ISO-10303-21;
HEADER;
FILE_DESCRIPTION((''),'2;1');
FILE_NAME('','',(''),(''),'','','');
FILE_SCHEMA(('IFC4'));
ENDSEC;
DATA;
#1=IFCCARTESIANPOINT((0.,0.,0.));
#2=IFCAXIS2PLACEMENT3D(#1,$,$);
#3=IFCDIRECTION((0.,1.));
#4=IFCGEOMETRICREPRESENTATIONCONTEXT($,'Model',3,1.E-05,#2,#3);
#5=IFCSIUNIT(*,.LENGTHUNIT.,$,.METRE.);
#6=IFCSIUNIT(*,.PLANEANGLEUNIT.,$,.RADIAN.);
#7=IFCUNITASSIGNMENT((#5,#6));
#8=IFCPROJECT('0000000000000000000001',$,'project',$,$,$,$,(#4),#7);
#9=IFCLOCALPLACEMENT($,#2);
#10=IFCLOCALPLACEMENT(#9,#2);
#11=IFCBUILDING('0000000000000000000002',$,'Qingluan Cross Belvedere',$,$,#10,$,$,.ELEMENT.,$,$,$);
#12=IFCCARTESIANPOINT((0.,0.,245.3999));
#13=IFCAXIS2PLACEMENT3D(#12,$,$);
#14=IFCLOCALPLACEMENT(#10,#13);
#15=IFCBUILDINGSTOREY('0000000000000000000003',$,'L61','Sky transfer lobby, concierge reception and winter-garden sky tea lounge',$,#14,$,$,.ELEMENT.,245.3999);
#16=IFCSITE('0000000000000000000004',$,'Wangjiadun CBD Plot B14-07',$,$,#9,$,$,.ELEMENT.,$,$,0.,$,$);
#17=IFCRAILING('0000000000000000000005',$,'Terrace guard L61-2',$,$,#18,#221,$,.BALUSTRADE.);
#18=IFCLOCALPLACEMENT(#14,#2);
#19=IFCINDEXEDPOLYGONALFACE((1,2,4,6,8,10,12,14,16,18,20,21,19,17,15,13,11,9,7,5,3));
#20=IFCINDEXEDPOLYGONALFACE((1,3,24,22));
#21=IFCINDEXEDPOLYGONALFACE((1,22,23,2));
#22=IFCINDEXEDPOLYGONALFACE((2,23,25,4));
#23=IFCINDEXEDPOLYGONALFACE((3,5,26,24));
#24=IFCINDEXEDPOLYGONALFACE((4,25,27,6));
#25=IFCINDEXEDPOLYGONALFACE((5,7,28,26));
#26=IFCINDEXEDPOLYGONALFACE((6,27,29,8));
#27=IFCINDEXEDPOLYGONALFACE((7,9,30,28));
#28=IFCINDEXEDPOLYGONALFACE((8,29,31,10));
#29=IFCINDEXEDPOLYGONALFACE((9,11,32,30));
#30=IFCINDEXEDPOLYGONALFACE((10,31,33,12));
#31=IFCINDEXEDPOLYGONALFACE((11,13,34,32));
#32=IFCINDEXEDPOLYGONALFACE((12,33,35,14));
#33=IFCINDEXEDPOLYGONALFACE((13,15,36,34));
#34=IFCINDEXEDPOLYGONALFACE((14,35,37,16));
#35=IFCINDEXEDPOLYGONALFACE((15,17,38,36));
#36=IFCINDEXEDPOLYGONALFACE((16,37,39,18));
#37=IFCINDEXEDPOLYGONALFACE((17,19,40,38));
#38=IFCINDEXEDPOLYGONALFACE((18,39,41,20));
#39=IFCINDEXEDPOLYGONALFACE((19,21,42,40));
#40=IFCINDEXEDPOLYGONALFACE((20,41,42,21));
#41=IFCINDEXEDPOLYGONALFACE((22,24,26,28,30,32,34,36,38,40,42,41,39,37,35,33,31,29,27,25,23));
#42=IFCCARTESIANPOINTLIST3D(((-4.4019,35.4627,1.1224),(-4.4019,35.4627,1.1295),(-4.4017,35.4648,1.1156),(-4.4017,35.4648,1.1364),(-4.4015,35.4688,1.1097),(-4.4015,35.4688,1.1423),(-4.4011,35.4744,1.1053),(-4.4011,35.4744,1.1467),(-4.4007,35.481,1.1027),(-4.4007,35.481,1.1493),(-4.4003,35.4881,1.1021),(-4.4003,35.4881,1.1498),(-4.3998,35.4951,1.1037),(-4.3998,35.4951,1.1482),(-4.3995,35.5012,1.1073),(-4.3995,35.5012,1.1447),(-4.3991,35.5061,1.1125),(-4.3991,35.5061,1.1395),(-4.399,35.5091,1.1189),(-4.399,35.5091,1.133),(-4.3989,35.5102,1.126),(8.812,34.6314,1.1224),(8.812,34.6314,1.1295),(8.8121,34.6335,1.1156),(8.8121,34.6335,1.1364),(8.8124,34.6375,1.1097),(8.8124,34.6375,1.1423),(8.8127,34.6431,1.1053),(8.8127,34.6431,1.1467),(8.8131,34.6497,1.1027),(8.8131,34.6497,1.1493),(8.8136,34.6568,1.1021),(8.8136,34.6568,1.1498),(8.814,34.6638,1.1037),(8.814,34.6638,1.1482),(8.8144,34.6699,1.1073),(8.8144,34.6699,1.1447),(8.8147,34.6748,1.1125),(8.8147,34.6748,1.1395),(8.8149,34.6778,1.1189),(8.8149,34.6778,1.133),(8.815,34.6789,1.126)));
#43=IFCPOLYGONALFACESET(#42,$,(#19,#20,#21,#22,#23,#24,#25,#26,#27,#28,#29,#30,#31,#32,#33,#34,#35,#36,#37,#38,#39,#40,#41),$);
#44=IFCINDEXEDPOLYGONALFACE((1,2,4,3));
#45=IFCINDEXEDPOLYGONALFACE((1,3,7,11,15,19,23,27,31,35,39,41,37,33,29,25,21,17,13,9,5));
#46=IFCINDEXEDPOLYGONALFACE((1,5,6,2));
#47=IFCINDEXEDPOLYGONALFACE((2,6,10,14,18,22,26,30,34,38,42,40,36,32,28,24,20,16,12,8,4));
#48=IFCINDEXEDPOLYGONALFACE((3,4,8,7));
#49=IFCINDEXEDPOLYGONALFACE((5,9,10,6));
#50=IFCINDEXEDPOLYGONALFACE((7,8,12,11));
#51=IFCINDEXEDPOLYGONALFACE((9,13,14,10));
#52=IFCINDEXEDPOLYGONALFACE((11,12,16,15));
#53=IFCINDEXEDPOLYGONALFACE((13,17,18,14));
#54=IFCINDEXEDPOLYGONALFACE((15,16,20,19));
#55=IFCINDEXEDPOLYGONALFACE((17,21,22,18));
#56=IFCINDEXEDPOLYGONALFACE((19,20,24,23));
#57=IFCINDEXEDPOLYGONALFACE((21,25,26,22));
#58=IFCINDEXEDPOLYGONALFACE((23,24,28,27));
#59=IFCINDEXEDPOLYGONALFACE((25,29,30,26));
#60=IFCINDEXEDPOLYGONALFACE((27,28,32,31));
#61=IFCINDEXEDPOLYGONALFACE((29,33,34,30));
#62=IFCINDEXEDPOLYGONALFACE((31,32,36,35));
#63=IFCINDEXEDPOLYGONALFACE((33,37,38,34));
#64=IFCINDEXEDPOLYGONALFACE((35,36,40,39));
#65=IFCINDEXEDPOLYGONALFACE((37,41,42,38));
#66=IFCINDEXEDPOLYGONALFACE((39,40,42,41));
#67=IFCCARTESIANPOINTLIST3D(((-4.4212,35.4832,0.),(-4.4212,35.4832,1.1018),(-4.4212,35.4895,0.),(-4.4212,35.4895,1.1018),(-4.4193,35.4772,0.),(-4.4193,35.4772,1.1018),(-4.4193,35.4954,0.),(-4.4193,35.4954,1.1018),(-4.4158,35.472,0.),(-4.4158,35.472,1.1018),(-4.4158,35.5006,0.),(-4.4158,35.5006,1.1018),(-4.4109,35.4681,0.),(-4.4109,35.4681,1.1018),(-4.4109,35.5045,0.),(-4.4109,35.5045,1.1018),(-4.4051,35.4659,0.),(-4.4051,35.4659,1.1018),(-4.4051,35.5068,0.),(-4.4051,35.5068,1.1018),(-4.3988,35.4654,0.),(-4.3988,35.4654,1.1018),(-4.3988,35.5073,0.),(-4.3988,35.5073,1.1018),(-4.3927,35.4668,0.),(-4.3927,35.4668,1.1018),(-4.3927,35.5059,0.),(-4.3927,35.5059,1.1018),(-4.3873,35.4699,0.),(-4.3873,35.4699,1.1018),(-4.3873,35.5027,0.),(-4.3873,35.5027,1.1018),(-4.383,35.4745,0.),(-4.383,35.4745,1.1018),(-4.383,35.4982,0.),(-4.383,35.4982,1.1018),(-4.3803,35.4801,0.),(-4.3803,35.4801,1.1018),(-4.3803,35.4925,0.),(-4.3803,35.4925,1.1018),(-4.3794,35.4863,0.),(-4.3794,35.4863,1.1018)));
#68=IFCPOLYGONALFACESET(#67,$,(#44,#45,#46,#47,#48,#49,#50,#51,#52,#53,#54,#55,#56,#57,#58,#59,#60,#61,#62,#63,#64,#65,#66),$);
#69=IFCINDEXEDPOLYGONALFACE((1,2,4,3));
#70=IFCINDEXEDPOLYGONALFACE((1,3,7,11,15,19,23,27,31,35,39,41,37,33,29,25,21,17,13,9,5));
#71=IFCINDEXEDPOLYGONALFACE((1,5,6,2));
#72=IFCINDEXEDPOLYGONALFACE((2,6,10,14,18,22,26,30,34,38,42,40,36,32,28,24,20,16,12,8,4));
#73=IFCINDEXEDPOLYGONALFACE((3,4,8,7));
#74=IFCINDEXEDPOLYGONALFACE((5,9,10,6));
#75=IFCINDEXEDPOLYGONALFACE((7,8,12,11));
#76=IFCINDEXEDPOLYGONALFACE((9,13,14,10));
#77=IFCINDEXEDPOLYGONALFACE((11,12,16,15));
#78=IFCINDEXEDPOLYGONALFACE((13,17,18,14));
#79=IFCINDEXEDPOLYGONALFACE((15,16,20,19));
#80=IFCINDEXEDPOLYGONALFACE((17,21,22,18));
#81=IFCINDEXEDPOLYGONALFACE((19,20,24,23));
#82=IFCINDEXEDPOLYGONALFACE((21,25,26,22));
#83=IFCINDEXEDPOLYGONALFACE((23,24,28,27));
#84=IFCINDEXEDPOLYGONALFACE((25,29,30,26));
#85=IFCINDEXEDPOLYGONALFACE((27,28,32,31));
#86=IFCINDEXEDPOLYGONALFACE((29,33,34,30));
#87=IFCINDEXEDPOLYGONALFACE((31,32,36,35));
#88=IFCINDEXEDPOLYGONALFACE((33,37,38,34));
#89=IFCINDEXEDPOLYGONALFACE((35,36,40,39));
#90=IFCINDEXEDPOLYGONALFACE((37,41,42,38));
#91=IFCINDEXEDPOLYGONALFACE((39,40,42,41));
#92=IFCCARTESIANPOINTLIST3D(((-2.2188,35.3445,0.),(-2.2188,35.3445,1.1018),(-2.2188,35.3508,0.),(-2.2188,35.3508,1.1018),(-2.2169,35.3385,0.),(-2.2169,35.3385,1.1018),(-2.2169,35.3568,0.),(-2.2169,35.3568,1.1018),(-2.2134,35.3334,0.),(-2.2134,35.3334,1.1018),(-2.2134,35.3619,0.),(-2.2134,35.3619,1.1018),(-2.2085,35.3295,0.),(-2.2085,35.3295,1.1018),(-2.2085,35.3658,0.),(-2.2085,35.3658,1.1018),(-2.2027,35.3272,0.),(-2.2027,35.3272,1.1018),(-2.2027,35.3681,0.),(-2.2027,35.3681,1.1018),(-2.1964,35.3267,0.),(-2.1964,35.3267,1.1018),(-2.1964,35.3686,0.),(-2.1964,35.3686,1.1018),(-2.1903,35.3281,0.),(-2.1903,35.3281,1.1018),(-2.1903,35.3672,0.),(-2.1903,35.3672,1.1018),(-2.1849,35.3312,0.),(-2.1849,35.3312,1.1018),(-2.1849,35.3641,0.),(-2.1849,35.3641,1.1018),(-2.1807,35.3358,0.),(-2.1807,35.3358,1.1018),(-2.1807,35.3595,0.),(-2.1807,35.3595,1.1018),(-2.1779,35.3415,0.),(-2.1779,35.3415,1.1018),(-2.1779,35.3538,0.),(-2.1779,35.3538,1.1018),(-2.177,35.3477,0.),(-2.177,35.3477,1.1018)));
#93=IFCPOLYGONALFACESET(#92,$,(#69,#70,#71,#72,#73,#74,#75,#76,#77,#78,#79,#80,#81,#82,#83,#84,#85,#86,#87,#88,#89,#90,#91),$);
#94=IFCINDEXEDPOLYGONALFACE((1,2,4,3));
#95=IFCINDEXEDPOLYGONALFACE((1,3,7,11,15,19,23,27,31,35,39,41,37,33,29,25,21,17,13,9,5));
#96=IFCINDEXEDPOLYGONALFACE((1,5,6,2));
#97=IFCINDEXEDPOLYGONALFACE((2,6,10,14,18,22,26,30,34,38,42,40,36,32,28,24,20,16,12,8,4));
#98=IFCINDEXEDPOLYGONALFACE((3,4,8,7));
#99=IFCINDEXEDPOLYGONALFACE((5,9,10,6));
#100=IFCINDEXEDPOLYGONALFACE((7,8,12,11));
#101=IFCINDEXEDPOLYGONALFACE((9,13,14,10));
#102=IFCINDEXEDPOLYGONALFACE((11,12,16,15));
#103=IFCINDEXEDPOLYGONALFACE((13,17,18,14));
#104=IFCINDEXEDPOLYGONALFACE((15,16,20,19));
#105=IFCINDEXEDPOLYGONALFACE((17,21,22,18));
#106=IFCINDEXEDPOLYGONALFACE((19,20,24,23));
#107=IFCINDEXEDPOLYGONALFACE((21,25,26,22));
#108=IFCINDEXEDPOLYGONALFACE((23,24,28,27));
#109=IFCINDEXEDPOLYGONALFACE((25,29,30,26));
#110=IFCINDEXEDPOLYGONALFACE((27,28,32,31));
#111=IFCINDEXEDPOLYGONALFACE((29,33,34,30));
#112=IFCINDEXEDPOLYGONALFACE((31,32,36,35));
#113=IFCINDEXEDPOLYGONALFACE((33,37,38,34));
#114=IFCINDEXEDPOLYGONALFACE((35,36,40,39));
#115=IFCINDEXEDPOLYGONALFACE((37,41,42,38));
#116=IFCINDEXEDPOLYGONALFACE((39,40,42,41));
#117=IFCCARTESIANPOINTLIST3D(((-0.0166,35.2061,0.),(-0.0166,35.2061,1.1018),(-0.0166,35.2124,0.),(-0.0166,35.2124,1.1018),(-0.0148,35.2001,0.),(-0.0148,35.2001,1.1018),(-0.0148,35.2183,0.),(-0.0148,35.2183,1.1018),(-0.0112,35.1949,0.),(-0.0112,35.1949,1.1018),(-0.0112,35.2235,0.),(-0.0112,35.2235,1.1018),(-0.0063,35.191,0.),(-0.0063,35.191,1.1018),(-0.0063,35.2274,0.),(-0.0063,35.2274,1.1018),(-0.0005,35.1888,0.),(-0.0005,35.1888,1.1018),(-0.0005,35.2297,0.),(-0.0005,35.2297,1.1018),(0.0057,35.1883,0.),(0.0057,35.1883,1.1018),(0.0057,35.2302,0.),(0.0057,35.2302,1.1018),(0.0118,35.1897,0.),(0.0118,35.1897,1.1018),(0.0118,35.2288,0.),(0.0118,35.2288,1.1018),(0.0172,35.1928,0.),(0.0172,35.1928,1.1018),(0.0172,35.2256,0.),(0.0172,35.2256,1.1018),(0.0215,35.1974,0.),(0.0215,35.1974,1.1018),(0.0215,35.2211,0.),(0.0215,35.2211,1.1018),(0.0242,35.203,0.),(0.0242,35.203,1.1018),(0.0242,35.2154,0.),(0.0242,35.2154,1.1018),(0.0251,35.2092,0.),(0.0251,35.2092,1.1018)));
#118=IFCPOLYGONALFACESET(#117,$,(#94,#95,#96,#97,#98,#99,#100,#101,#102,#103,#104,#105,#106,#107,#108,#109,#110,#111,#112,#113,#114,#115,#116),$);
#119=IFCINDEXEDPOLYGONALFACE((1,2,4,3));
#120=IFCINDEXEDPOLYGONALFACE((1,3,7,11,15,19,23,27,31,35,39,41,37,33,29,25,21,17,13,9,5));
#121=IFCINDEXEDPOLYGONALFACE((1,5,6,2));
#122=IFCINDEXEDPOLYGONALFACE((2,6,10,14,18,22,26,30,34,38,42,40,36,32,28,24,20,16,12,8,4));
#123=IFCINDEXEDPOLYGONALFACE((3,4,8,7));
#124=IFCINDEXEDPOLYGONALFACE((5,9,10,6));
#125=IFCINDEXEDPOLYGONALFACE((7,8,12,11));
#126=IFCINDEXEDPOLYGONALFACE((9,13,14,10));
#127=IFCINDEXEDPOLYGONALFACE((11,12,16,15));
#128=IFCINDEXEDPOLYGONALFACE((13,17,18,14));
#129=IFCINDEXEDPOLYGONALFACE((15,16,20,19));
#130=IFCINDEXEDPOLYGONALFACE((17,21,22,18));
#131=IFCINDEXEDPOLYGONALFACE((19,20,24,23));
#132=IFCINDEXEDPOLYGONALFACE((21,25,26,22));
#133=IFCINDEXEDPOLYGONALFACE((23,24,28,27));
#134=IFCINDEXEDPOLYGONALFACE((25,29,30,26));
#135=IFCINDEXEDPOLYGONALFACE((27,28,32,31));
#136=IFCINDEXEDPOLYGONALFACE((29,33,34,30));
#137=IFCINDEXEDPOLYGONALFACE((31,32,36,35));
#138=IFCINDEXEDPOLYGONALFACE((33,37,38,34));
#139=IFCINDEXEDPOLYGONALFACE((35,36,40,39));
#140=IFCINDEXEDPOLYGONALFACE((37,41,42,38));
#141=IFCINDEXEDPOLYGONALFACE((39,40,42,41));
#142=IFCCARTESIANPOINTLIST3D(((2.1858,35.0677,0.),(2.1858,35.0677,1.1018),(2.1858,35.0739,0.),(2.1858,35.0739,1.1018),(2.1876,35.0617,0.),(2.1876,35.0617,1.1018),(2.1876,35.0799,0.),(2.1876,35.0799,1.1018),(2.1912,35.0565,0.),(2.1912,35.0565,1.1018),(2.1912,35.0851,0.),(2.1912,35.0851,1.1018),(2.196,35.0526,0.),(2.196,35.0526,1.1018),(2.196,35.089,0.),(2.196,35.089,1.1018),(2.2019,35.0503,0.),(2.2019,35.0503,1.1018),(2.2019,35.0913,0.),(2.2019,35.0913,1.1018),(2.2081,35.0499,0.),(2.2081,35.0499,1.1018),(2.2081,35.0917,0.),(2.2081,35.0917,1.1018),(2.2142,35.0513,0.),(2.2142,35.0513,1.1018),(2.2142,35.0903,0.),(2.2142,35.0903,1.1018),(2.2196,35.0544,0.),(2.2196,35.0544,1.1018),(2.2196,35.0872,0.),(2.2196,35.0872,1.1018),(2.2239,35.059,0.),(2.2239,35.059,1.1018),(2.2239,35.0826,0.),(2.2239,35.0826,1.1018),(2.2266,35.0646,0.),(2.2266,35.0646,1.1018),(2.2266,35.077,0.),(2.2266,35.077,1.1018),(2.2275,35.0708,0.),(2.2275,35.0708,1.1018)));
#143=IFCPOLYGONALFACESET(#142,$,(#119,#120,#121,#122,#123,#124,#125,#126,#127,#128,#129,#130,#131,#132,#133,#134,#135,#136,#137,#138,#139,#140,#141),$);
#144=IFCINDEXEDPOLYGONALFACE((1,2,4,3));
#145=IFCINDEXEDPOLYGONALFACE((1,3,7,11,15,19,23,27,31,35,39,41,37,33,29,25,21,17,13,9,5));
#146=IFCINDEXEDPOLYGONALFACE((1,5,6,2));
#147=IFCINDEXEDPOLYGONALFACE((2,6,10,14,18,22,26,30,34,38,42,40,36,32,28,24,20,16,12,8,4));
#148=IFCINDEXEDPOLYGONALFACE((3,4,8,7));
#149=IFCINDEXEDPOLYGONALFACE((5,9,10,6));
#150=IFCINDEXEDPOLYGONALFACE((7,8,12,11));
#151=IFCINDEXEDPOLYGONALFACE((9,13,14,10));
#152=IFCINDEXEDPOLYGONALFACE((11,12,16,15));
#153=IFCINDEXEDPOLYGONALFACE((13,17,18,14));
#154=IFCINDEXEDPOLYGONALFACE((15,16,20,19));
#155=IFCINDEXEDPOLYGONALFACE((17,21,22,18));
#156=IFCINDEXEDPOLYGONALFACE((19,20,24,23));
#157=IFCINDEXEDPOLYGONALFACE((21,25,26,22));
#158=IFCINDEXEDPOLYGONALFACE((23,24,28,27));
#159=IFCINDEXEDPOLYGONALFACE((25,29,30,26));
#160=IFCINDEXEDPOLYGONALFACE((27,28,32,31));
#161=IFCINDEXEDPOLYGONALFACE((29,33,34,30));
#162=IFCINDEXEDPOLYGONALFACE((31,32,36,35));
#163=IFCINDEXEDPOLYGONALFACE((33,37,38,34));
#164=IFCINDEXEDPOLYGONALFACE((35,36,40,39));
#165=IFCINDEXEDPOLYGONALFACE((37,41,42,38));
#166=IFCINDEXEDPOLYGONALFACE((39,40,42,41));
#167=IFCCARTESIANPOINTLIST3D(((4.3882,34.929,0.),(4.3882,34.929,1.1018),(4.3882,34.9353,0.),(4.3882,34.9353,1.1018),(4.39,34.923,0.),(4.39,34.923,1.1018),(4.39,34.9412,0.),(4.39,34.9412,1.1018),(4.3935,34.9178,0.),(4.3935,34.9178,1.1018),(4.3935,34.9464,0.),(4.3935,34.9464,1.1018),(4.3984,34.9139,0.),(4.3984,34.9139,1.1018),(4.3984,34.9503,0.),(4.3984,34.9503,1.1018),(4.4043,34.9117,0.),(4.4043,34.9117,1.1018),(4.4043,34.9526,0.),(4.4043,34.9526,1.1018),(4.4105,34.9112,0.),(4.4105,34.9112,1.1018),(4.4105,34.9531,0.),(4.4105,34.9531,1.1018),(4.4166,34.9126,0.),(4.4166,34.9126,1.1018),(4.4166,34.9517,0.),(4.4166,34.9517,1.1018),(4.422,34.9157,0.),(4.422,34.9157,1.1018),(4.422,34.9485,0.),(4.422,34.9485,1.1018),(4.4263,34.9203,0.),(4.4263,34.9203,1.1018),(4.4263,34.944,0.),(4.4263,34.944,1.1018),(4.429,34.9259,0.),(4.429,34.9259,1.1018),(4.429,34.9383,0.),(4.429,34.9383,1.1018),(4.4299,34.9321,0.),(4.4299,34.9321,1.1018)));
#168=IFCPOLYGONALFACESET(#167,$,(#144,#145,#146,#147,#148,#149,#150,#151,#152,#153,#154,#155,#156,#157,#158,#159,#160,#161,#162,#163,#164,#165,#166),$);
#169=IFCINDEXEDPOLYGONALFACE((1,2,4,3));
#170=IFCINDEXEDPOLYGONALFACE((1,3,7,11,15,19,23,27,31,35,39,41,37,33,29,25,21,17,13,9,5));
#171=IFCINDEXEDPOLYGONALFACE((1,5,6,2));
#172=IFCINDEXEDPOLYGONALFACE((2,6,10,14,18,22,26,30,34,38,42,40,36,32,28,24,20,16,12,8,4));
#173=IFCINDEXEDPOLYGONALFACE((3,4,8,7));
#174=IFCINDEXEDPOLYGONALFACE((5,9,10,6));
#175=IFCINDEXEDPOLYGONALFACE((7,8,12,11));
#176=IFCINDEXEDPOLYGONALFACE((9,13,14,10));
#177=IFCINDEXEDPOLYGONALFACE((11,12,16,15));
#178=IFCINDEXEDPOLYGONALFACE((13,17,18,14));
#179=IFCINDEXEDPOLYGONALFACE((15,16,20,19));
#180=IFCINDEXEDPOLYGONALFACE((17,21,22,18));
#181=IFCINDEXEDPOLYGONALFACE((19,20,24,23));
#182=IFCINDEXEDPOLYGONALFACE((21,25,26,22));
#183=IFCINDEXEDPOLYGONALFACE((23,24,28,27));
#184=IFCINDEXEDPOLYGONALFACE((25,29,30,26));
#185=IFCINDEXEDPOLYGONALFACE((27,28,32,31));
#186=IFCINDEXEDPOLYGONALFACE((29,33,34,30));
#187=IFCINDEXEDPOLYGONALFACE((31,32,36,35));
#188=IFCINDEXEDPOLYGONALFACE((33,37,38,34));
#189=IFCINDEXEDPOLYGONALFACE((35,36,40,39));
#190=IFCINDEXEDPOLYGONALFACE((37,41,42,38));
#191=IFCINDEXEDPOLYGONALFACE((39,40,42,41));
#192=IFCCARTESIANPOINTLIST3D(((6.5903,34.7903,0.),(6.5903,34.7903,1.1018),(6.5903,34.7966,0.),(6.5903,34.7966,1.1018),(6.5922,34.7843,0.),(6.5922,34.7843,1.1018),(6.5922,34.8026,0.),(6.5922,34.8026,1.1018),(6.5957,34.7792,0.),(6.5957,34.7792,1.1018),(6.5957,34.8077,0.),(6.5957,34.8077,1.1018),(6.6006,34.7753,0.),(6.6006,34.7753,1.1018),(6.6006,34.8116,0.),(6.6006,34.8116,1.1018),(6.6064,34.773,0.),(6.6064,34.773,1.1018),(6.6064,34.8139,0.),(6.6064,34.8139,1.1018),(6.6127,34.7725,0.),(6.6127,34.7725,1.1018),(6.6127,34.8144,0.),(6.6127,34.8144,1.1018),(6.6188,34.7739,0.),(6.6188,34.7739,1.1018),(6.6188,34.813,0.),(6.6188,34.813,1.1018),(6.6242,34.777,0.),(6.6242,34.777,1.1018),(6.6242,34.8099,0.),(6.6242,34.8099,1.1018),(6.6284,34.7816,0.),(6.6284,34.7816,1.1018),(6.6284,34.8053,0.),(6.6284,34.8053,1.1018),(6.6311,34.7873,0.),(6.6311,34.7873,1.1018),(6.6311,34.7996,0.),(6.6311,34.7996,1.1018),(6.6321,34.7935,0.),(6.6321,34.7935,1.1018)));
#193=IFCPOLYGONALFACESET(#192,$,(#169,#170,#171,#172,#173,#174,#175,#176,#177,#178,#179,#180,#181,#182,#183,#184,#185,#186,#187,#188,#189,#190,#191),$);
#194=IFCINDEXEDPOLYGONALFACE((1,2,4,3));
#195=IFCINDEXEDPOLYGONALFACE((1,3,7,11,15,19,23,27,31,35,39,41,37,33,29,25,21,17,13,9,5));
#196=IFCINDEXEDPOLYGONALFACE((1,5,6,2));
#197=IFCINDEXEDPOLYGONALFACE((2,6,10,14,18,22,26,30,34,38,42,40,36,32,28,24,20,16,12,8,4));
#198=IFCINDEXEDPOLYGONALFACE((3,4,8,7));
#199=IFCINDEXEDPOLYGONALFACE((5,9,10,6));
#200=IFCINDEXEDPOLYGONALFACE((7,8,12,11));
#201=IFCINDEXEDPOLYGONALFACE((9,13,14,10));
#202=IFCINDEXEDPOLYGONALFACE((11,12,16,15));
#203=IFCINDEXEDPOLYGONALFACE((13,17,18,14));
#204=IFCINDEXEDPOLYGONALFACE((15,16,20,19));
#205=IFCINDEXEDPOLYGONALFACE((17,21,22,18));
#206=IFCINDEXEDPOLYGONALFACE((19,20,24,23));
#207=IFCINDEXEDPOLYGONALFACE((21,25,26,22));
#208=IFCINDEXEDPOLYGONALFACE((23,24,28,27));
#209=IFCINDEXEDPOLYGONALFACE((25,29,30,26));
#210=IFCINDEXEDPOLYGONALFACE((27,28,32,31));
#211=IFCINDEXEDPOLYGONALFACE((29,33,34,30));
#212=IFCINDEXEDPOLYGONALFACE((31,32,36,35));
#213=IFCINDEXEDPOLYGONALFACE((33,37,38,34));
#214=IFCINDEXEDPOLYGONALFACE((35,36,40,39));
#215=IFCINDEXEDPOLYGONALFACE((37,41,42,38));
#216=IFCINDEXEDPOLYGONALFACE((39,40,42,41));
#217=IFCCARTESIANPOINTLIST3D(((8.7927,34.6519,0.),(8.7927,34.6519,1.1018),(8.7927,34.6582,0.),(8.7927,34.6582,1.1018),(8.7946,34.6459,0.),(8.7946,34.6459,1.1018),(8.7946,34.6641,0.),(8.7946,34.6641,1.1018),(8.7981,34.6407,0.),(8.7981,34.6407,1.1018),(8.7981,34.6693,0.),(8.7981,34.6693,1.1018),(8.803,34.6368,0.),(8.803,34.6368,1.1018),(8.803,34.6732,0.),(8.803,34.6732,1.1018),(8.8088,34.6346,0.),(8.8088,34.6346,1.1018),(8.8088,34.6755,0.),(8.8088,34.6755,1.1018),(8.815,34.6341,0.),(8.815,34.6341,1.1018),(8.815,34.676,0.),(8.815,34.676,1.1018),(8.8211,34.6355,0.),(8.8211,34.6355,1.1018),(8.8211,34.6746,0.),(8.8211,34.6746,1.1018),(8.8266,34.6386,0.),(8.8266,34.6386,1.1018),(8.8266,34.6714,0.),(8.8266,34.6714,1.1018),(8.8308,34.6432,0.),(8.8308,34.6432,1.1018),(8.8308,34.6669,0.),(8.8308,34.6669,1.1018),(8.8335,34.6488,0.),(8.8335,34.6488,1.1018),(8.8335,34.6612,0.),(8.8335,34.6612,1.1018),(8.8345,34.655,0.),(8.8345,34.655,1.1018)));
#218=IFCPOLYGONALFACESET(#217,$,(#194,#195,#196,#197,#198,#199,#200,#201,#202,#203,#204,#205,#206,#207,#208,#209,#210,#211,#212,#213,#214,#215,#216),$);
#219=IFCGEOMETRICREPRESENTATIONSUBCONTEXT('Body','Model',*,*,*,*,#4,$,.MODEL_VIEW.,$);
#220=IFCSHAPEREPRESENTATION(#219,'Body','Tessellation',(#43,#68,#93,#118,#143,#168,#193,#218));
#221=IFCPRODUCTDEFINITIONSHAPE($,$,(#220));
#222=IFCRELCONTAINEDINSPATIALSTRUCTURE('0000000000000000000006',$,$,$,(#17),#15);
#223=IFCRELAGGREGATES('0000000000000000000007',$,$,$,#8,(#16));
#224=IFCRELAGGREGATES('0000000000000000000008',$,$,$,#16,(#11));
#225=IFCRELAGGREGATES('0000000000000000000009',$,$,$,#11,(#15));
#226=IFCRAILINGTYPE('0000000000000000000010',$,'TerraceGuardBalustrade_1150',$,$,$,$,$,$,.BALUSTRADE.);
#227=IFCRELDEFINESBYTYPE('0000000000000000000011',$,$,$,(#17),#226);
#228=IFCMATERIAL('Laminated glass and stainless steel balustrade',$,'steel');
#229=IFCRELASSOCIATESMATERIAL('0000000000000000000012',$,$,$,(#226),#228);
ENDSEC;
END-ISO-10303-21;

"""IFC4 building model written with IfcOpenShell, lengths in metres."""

from ifc_helpers import new_model, si_unit, direction, frame, origin, origin_2d, place, context, subcontext, project, spatial, circle, extrude, material, type_object, element, save


model = new_model("IFC4")

# Units and contexts
model_context = context("Model", 3, precision=1e-05, world=origin(), true_north=direction((0.0, 1.0)))
body_context = subcontext(model_context, "Body", "Model", "MODEL_VIEW")
ifc_project = project(units=[si_unit("LENGTHUNIT", "METRE"), si_unit("PLANEANGLEUNIT", "RADIAN")], contexts=[model_context])

# Site, building, storey
site_placement = place(None, origin())
site = spatial("IfcSite", under=ifc_project, at=site_placement, Name="Wangjiadun CBD Plot B14-07", CompositionType="ELEMENT", RefElevation=0.0)
building_placement = place(site_placement, origin())
building = spatial("IfcBuilding", under=site, at=building_placement, Name="Qingluan Cross Belvedere", CompositionType="ELEMENT")
storey_placement = place(building_placement, frame((0.0, 0.0, 245.3999)))
storey = spatial("IfcBuildingStorey", under=building, at=storey_placement, Name="L61", Description="Sky transfer lobby, concierge reception and winter-garden sky tea lounge", CompositionType="ELEMENT", Elevation=245.3999)

# Railing
ifc_material_1 = material(Name="Laminated glass and stainless steel balustrade", Category="steel")
railing_type = type_object("IfcRailingType", Name="TerraceGuardBalustrade_1150", PredefinedType="BALUSTRADE", material=ifc_material_1)
railing_1_placement = place(storey_placement, frame((-4.4004, 35.4863, 0.0)))
element("IfcRailing", 1, at=railing_1_placement, inside=storey, type_object=railing_type, Name="Terrace guard L61-2", PredefinedType="BALUSTRADE", context=body_context, shape_type="SweptSolid", body=[
    extrude(circle(Radius=0.0239, at=origin_2d()), frame((0.0, 0.0, 1.126), z_axis=(0.998027, -0.062787, 0.0), x_axis=(0.062787, 0.998027, 0.0)), (0.0, 0.0, 1.0), 13.24),
    extrude(circle(Radius=0.021, at=origin_2d()), origin(), (0.0, 0.0, 1.0), 1.1018),
    extrude(circle(Radius=0.021, at=origin_2d()), frame((2.2024, -0.1387, 0.0)), (0.0, 0.0, 1.0), 1.1018),
    extrude(circle(Radius=0.021, at=origin_2d()), frame((4.4045, -0.2771, 0.0)), (0.0, 0.0, 1.0), 1.1018),
    extrude(circle(Radius=0.021, at=origin_2d()), frame((6.6069, -0.4155, 0.0)), (0.0, 0.0, 1.0), 1.1018),
    extrude(circle(Radius=0.021, at=origin_2d()), frame((8.8093, -0.5542, 0.0)), (0.0, 0.0, 1.0), 1.1018),
    extrude(circle(Radius=0.021, at=origin_2d()), frame((11.0115, -0.6929, 0.0)), (0.0, 0.0, 1.0), 1.1018),
    extrude(circle(Radius=0.021, at=origin_2d()), frame((13.2139, -0.8313, 0.0)), (0.0, 0.0, 1.0), 1.1018),
])

save(model, "model.ifc")
